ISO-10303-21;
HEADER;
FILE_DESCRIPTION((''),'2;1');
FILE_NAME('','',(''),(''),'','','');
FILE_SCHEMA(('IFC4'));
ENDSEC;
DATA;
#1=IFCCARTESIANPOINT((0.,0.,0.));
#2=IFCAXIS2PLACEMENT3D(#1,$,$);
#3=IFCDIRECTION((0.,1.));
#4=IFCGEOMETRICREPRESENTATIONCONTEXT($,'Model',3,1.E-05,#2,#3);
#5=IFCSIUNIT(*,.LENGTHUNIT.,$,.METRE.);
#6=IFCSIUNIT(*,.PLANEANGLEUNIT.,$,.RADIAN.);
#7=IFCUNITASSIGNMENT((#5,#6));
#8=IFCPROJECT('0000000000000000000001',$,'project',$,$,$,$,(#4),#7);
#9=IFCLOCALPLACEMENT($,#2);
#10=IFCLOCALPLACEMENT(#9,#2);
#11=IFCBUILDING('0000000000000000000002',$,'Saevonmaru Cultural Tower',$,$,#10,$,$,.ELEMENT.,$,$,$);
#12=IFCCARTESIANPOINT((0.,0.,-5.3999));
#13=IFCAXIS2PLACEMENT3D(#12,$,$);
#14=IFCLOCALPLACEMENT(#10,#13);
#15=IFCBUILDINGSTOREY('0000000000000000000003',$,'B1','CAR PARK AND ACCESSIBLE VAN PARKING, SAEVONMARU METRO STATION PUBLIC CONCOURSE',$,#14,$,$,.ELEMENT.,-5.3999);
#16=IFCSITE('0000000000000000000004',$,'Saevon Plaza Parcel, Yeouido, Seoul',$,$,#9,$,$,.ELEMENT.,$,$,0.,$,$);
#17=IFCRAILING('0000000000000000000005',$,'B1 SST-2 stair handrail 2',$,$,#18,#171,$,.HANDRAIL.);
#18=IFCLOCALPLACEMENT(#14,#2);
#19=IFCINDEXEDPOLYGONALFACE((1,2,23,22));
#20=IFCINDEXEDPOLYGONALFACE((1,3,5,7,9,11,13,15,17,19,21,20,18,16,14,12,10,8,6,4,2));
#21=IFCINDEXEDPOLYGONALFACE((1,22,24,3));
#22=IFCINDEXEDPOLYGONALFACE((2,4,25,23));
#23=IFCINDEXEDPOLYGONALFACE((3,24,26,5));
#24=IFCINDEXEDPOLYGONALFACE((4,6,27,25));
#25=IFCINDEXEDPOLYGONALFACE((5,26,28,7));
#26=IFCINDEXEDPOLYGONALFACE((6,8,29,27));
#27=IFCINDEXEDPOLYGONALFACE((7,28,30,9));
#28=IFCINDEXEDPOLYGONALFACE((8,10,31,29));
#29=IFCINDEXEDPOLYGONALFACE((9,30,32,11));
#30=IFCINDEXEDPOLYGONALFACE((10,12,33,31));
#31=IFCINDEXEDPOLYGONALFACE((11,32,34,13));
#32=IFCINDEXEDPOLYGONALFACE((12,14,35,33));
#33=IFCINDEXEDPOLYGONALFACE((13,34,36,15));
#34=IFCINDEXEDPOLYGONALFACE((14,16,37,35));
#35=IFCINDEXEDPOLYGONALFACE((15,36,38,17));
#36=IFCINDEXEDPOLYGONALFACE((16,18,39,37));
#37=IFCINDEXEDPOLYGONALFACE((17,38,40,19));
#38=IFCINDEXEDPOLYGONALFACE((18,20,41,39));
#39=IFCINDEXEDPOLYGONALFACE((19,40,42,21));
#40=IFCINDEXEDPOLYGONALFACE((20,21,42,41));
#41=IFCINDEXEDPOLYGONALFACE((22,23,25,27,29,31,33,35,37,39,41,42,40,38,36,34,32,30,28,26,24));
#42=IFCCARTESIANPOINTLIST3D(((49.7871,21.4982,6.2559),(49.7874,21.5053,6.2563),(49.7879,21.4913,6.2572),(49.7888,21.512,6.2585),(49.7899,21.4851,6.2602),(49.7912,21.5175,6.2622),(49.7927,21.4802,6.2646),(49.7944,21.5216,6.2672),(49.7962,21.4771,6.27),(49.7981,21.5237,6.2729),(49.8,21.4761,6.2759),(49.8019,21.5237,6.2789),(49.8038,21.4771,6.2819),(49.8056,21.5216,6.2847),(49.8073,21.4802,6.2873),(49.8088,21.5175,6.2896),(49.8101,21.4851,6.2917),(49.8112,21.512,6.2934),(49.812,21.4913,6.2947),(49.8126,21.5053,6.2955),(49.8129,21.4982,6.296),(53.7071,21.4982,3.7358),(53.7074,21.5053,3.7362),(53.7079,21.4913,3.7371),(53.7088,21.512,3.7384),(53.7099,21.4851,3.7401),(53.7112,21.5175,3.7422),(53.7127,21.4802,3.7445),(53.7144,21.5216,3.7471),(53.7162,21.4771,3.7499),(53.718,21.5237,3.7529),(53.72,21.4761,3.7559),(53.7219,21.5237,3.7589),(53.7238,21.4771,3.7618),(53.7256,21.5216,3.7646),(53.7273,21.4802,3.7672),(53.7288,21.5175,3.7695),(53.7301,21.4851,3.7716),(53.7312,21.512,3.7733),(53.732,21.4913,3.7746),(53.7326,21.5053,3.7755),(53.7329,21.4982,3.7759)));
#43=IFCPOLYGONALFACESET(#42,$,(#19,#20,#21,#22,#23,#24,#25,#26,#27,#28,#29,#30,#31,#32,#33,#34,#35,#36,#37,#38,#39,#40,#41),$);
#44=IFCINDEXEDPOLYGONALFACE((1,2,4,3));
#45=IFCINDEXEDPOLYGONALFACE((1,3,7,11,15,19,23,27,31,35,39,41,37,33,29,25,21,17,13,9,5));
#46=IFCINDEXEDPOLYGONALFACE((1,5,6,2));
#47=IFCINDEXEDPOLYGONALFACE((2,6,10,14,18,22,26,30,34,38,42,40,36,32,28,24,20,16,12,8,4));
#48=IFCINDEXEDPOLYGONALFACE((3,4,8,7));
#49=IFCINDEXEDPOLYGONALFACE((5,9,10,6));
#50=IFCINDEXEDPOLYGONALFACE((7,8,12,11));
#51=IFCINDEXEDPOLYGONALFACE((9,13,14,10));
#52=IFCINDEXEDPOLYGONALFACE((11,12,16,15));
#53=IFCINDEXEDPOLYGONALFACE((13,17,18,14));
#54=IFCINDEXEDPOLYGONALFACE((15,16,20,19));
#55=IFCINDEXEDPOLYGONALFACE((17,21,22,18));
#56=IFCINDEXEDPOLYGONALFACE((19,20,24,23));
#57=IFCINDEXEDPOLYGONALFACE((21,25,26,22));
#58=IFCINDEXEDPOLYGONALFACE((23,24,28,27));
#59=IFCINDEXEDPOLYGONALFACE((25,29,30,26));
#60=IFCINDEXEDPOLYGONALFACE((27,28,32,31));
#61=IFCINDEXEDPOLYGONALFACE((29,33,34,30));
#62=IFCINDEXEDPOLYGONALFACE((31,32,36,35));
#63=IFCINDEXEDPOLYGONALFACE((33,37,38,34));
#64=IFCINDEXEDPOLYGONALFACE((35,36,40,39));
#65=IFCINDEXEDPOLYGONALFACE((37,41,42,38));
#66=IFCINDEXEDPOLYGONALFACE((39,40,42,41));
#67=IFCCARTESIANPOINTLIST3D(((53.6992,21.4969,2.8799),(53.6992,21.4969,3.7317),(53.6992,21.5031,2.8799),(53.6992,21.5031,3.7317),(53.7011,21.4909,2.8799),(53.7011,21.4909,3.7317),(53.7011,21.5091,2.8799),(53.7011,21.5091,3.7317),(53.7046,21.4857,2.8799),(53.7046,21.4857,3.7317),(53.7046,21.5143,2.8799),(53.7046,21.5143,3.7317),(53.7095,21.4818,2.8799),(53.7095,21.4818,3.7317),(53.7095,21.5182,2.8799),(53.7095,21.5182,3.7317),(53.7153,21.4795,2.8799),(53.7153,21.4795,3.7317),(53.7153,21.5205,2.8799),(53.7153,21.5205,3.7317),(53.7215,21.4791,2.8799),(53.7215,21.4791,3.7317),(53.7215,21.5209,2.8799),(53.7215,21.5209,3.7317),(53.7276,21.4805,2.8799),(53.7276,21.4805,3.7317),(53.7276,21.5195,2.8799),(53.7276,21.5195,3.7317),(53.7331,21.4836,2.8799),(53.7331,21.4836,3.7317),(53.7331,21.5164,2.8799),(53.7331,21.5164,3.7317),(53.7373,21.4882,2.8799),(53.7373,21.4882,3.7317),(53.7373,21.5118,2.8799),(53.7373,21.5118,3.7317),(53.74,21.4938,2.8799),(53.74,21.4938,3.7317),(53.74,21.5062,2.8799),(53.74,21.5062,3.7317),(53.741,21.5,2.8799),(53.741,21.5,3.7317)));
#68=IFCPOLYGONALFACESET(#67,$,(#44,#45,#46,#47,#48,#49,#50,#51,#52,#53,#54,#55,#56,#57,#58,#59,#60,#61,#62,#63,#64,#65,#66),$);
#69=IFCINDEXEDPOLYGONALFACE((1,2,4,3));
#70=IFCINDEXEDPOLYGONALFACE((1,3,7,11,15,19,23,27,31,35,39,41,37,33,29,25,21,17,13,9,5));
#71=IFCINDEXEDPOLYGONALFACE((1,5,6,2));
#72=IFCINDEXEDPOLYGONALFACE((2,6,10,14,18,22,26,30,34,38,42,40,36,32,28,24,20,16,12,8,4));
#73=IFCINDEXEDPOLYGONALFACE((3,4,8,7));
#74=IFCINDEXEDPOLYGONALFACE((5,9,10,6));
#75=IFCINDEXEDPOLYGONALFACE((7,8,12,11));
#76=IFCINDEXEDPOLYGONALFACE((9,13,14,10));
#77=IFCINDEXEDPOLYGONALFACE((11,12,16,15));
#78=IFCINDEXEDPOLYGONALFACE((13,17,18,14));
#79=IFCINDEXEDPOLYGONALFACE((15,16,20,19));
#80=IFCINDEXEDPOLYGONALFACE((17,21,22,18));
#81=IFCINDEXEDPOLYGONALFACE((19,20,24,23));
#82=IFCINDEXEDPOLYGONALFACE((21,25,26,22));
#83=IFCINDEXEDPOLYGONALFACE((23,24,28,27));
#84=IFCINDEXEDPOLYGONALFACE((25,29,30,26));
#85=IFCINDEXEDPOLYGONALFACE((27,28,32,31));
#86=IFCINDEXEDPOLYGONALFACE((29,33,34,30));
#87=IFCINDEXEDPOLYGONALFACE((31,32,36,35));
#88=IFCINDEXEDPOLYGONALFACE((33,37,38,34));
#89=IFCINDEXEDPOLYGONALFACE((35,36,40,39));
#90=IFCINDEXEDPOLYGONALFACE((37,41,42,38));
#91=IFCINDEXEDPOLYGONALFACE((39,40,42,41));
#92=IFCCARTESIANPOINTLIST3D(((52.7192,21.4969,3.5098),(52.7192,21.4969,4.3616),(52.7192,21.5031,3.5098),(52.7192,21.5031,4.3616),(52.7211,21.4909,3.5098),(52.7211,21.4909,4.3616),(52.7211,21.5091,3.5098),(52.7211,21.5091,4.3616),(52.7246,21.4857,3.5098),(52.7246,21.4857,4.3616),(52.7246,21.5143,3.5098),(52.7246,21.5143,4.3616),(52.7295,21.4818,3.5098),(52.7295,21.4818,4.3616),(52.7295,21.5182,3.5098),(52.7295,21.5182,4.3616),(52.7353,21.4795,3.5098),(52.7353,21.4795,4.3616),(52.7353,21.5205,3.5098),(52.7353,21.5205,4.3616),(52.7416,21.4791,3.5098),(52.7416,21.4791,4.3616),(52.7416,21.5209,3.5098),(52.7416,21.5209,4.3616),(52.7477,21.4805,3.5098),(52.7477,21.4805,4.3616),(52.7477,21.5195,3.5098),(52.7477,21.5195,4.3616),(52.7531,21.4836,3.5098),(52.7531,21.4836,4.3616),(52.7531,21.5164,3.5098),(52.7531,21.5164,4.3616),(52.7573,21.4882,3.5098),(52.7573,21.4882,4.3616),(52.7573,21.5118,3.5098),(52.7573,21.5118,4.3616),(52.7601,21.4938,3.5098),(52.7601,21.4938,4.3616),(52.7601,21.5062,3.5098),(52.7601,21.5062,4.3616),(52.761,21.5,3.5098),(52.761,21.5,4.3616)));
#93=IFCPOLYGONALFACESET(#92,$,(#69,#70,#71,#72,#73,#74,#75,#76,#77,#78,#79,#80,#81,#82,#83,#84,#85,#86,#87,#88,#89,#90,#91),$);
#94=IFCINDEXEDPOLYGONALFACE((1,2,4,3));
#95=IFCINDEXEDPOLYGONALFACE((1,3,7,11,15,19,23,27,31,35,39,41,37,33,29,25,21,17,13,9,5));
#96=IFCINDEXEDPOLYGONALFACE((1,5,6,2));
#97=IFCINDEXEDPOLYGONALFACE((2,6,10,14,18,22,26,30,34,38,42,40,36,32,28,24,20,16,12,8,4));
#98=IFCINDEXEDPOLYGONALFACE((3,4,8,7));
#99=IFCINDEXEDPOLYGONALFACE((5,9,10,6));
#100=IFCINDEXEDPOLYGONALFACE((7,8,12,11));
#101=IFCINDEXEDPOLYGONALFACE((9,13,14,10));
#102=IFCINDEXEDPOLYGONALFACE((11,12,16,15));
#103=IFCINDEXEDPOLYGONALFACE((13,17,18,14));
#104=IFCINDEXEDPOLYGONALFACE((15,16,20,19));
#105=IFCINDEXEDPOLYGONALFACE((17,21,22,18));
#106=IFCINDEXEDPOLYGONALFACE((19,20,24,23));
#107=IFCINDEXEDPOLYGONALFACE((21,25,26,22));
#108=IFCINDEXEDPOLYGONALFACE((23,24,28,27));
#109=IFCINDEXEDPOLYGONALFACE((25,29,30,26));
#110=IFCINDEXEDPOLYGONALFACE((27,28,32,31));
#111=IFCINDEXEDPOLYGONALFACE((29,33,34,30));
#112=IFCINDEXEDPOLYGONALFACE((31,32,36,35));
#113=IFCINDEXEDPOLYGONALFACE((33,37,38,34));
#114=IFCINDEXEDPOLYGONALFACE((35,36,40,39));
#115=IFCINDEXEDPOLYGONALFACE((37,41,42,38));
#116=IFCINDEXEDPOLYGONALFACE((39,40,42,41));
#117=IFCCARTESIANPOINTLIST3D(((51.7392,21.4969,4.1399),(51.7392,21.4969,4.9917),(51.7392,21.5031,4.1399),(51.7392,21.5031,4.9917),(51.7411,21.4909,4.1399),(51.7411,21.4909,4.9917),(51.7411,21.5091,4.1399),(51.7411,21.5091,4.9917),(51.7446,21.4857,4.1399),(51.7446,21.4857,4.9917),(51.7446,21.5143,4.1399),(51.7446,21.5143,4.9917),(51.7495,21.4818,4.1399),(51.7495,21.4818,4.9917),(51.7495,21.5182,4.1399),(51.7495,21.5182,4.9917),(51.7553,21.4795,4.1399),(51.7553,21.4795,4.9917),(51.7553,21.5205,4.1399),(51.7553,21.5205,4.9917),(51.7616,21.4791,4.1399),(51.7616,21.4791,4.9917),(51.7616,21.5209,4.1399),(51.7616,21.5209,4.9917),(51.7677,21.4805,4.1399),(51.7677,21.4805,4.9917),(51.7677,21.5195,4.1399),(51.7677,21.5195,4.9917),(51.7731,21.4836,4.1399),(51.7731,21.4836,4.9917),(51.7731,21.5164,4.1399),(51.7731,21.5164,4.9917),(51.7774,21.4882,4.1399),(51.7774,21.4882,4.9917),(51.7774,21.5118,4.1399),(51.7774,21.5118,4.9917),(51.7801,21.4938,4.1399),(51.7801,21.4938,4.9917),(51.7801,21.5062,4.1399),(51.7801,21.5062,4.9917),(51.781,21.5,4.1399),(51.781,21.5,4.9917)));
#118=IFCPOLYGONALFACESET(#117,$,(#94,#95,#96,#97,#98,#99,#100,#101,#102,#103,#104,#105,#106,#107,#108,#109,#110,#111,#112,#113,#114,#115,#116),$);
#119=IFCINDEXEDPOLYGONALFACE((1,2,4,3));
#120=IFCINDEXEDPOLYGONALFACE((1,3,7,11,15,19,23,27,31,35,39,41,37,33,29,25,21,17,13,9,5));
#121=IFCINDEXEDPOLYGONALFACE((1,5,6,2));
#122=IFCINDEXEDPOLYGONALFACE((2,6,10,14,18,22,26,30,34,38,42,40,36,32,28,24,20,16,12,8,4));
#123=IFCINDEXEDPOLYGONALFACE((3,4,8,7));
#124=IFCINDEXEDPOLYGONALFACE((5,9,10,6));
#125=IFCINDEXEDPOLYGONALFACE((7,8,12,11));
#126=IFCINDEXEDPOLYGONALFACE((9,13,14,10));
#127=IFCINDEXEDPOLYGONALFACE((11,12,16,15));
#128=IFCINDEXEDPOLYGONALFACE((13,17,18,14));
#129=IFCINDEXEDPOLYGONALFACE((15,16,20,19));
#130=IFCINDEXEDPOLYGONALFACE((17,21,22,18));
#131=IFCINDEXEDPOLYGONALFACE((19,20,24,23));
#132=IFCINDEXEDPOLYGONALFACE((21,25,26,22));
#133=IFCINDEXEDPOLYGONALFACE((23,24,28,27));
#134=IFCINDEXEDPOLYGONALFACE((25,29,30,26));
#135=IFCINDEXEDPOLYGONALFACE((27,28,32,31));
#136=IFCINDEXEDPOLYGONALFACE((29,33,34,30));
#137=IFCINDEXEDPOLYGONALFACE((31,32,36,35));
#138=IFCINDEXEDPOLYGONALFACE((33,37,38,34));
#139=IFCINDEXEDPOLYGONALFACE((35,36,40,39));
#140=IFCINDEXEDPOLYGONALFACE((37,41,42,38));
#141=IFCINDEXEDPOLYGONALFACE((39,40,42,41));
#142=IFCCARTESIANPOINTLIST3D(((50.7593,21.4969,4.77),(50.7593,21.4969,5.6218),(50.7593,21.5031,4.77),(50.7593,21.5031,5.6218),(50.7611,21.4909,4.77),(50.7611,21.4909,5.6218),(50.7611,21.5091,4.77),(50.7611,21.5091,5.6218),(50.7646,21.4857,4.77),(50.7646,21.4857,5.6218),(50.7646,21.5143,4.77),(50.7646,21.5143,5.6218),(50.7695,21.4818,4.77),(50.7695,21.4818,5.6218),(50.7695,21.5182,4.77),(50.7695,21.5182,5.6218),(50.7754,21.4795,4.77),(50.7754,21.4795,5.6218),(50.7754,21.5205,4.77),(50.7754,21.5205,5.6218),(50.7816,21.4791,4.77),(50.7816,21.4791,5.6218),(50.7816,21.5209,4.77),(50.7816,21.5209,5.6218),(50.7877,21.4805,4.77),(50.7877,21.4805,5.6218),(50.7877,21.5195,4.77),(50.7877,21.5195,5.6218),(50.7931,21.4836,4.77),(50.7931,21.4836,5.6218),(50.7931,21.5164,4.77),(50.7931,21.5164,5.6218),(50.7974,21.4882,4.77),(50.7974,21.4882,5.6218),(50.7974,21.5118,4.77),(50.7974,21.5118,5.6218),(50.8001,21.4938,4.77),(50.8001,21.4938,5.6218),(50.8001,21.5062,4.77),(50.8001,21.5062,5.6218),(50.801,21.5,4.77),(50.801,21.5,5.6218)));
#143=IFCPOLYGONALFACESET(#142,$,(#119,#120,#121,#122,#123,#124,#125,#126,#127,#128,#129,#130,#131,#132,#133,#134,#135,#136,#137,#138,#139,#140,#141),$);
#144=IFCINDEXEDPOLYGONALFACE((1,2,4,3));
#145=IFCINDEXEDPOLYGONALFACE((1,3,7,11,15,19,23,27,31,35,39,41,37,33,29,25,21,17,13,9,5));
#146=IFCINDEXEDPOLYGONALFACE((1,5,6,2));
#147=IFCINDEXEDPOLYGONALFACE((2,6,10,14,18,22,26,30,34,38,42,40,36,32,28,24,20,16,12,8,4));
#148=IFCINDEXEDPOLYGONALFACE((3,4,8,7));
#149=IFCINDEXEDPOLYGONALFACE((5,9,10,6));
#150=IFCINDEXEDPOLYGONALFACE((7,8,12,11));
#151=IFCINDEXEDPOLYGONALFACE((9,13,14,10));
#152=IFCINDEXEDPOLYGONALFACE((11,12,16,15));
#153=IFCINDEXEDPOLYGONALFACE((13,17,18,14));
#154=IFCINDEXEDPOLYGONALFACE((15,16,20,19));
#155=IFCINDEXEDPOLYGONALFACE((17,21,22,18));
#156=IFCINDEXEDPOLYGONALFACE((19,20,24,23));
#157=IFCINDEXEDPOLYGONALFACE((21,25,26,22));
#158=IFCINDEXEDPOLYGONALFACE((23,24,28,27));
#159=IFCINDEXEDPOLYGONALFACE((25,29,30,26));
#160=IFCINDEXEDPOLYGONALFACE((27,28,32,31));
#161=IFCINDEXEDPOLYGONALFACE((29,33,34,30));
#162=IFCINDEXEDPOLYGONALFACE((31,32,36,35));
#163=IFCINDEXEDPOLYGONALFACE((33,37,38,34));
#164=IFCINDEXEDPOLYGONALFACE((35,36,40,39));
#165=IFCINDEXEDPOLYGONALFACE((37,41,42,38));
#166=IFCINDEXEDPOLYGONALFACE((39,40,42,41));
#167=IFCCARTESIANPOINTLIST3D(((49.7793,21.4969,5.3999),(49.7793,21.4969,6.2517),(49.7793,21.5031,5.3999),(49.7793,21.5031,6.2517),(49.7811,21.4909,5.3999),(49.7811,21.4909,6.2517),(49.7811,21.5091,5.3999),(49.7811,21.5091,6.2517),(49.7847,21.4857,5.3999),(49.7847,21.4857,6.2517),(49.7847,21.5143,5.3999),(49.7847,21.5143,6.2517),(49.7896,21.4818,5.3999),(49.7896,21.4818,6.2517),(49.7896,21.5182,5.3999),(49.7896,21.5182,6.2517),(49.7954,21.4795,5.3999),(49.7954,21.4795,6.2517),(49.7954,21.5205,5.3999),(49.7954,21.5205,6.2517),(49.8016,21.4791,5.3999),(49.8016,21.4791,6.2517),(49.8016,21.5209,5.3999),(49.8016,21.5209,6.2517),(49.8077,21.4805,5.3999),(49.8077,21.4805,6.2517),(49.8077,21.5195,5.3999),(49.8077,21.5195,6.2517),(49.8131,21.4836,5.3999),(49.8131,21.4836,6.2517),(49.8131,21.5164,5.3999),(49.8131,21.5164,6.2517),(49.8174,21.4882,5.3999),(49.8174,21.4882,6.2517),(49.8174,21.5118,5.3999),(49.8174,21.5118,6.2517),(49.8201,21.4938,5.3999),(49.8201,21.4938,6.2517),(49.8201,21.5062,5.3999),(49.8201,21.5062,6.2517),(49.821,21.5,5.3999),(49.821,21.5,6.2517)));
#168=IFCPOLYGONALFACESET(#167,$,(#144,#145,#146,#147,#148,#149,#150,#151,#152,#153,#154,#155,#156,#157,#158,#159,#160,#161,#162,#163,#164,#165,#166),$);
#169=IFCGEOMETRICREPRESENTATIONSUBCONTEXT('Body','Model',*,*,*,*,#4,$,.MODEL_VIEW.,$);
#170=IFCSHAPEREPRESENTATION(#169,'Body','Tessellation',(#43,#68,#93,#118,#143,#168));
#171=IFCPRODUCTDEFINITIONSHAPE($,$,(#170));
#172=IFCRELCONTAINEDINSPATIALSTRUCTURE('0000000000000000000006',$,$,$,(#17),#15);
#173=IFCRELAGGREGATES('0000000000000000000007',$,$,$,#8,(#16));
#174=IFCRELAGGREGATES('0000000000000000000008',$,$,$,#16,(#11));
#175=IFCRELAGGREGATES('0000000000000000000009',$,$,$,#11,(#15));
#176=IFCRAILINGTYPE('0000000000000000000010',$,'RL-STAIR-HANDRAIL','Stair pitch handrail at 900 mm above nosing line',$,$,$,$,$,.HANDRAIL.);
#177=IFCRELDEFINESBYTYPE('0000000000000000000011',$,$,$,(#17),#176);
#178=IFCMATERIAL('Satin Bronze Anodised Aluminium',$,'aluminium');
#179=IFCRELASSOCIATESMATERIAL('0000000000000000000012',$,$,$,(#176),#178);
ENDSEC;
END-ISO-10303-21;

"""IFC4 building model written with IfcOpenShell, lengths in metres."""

from ifc_helpers import new_model, si_unit, direction, frame, origin, origin_2d, place, context, subcontext, project, spatial, circle, extrude, material, type_object, element, save


model = new_model("IFC4")

# Units and contexts
model_context = context("Model", 3, precision=1e-05, world=origin(), true_north=direction((0.0, 1.0)))
body_context = subcontext(model_context, "Body", "Model", "MODEL_VIEW")
ifc_project = project(units=[si_unit("LENGTHUNIT", "METRE"), si_unit("PLANEANGLEUNIT", "RADIAN")], contexts=[model_context])

# Site, building, storey
site_placement = place(None, origin())
site = spatial("IfcSite", under=ifc_project, at=site_placement, Name="Saevon Plaza Parcel, Yeouido, Seoul", CompositionType="ELEMENT", RefElevation=0.0)
building_placement = place(site_placement, origin())
building = spatial("IfcBuilding", under=site, at=building_placement, Name="Saevonmaru Cultural Tower", CompositionType="ELEMENT")
storey_placement = place(building_placement, frame((0.0, 0.0, -5.3999)))
storey = spatial("IfcBuildingStorey", under=building, at=storey_placement, Name="B1", Description="CAR PARK AND ACCESSIBLE VAN PARKING, SAEVONMARU METRO STATION PUBLIC CONCOURSE", CompositionType="ELEMENT", Elevation=-5.3999)

# Railing
ifc_material_1 = material(Name="Satin Bronze Anodised Aluminium", Category="aluminium")
railing_type_1 = type_object("IfcRailingType", Name="RL-STAIR-HANDRAIL", Description="Stair pitch handrail at 900 mm above nosing line", PredefinedType="HANDRAIL", material=ifc_material_1)
railing_1_placement = place(storey_placement, frame((53.72, 21.5, 2.8799)))
element("IfcRailing", 1, at=railing_1_placement, inside=storey, type_object=railing_type_1, Name="B1 SST-2 stair handrail 2", PredefinedType="HANDRAIL", context=body_context, shape_type="SweptSolid", body=[
    extrude(circle(Radius=0.0239, at=origin_2d()), frame((0.0, 0.0, 0.876), z_axis=(-0.841172, 0.0, 0.540768), x_axis=(0.0, -1.0, 0.0)), (0.0, 0.0, 1.0), 4.6602),
    extrude(circle(Radius=0.021, at=origin_2d()), origin(), (0.0, 0.0, 1.0), 0.8518),
    extrude(circle(Radius=0.021, at=origin_2d()), frame((-0.98, 0.0, 0.6299)), (0.0, 0.0, 1.0), 0.8518),
    extrude(circle(Radius=0.021, at=origin_2d()), frame((-1.96, 0.0, 1.26)), (0.0, 0.0, 1.0), 0.8518),
    extrude(circle(Radius=0.021, at=origin_2d()), frame((-2.9399, 0.0, 1.8901)), (0.0, 0.0, 1.0), 0.8518),
    extrude(circle(Radius=0.021, at=origin_2d()), frame((-3.9199, 0.0, 2.52)), (0.0, 0.0, 1.0), 0.8518),
])

save(model, "model.ifc")
